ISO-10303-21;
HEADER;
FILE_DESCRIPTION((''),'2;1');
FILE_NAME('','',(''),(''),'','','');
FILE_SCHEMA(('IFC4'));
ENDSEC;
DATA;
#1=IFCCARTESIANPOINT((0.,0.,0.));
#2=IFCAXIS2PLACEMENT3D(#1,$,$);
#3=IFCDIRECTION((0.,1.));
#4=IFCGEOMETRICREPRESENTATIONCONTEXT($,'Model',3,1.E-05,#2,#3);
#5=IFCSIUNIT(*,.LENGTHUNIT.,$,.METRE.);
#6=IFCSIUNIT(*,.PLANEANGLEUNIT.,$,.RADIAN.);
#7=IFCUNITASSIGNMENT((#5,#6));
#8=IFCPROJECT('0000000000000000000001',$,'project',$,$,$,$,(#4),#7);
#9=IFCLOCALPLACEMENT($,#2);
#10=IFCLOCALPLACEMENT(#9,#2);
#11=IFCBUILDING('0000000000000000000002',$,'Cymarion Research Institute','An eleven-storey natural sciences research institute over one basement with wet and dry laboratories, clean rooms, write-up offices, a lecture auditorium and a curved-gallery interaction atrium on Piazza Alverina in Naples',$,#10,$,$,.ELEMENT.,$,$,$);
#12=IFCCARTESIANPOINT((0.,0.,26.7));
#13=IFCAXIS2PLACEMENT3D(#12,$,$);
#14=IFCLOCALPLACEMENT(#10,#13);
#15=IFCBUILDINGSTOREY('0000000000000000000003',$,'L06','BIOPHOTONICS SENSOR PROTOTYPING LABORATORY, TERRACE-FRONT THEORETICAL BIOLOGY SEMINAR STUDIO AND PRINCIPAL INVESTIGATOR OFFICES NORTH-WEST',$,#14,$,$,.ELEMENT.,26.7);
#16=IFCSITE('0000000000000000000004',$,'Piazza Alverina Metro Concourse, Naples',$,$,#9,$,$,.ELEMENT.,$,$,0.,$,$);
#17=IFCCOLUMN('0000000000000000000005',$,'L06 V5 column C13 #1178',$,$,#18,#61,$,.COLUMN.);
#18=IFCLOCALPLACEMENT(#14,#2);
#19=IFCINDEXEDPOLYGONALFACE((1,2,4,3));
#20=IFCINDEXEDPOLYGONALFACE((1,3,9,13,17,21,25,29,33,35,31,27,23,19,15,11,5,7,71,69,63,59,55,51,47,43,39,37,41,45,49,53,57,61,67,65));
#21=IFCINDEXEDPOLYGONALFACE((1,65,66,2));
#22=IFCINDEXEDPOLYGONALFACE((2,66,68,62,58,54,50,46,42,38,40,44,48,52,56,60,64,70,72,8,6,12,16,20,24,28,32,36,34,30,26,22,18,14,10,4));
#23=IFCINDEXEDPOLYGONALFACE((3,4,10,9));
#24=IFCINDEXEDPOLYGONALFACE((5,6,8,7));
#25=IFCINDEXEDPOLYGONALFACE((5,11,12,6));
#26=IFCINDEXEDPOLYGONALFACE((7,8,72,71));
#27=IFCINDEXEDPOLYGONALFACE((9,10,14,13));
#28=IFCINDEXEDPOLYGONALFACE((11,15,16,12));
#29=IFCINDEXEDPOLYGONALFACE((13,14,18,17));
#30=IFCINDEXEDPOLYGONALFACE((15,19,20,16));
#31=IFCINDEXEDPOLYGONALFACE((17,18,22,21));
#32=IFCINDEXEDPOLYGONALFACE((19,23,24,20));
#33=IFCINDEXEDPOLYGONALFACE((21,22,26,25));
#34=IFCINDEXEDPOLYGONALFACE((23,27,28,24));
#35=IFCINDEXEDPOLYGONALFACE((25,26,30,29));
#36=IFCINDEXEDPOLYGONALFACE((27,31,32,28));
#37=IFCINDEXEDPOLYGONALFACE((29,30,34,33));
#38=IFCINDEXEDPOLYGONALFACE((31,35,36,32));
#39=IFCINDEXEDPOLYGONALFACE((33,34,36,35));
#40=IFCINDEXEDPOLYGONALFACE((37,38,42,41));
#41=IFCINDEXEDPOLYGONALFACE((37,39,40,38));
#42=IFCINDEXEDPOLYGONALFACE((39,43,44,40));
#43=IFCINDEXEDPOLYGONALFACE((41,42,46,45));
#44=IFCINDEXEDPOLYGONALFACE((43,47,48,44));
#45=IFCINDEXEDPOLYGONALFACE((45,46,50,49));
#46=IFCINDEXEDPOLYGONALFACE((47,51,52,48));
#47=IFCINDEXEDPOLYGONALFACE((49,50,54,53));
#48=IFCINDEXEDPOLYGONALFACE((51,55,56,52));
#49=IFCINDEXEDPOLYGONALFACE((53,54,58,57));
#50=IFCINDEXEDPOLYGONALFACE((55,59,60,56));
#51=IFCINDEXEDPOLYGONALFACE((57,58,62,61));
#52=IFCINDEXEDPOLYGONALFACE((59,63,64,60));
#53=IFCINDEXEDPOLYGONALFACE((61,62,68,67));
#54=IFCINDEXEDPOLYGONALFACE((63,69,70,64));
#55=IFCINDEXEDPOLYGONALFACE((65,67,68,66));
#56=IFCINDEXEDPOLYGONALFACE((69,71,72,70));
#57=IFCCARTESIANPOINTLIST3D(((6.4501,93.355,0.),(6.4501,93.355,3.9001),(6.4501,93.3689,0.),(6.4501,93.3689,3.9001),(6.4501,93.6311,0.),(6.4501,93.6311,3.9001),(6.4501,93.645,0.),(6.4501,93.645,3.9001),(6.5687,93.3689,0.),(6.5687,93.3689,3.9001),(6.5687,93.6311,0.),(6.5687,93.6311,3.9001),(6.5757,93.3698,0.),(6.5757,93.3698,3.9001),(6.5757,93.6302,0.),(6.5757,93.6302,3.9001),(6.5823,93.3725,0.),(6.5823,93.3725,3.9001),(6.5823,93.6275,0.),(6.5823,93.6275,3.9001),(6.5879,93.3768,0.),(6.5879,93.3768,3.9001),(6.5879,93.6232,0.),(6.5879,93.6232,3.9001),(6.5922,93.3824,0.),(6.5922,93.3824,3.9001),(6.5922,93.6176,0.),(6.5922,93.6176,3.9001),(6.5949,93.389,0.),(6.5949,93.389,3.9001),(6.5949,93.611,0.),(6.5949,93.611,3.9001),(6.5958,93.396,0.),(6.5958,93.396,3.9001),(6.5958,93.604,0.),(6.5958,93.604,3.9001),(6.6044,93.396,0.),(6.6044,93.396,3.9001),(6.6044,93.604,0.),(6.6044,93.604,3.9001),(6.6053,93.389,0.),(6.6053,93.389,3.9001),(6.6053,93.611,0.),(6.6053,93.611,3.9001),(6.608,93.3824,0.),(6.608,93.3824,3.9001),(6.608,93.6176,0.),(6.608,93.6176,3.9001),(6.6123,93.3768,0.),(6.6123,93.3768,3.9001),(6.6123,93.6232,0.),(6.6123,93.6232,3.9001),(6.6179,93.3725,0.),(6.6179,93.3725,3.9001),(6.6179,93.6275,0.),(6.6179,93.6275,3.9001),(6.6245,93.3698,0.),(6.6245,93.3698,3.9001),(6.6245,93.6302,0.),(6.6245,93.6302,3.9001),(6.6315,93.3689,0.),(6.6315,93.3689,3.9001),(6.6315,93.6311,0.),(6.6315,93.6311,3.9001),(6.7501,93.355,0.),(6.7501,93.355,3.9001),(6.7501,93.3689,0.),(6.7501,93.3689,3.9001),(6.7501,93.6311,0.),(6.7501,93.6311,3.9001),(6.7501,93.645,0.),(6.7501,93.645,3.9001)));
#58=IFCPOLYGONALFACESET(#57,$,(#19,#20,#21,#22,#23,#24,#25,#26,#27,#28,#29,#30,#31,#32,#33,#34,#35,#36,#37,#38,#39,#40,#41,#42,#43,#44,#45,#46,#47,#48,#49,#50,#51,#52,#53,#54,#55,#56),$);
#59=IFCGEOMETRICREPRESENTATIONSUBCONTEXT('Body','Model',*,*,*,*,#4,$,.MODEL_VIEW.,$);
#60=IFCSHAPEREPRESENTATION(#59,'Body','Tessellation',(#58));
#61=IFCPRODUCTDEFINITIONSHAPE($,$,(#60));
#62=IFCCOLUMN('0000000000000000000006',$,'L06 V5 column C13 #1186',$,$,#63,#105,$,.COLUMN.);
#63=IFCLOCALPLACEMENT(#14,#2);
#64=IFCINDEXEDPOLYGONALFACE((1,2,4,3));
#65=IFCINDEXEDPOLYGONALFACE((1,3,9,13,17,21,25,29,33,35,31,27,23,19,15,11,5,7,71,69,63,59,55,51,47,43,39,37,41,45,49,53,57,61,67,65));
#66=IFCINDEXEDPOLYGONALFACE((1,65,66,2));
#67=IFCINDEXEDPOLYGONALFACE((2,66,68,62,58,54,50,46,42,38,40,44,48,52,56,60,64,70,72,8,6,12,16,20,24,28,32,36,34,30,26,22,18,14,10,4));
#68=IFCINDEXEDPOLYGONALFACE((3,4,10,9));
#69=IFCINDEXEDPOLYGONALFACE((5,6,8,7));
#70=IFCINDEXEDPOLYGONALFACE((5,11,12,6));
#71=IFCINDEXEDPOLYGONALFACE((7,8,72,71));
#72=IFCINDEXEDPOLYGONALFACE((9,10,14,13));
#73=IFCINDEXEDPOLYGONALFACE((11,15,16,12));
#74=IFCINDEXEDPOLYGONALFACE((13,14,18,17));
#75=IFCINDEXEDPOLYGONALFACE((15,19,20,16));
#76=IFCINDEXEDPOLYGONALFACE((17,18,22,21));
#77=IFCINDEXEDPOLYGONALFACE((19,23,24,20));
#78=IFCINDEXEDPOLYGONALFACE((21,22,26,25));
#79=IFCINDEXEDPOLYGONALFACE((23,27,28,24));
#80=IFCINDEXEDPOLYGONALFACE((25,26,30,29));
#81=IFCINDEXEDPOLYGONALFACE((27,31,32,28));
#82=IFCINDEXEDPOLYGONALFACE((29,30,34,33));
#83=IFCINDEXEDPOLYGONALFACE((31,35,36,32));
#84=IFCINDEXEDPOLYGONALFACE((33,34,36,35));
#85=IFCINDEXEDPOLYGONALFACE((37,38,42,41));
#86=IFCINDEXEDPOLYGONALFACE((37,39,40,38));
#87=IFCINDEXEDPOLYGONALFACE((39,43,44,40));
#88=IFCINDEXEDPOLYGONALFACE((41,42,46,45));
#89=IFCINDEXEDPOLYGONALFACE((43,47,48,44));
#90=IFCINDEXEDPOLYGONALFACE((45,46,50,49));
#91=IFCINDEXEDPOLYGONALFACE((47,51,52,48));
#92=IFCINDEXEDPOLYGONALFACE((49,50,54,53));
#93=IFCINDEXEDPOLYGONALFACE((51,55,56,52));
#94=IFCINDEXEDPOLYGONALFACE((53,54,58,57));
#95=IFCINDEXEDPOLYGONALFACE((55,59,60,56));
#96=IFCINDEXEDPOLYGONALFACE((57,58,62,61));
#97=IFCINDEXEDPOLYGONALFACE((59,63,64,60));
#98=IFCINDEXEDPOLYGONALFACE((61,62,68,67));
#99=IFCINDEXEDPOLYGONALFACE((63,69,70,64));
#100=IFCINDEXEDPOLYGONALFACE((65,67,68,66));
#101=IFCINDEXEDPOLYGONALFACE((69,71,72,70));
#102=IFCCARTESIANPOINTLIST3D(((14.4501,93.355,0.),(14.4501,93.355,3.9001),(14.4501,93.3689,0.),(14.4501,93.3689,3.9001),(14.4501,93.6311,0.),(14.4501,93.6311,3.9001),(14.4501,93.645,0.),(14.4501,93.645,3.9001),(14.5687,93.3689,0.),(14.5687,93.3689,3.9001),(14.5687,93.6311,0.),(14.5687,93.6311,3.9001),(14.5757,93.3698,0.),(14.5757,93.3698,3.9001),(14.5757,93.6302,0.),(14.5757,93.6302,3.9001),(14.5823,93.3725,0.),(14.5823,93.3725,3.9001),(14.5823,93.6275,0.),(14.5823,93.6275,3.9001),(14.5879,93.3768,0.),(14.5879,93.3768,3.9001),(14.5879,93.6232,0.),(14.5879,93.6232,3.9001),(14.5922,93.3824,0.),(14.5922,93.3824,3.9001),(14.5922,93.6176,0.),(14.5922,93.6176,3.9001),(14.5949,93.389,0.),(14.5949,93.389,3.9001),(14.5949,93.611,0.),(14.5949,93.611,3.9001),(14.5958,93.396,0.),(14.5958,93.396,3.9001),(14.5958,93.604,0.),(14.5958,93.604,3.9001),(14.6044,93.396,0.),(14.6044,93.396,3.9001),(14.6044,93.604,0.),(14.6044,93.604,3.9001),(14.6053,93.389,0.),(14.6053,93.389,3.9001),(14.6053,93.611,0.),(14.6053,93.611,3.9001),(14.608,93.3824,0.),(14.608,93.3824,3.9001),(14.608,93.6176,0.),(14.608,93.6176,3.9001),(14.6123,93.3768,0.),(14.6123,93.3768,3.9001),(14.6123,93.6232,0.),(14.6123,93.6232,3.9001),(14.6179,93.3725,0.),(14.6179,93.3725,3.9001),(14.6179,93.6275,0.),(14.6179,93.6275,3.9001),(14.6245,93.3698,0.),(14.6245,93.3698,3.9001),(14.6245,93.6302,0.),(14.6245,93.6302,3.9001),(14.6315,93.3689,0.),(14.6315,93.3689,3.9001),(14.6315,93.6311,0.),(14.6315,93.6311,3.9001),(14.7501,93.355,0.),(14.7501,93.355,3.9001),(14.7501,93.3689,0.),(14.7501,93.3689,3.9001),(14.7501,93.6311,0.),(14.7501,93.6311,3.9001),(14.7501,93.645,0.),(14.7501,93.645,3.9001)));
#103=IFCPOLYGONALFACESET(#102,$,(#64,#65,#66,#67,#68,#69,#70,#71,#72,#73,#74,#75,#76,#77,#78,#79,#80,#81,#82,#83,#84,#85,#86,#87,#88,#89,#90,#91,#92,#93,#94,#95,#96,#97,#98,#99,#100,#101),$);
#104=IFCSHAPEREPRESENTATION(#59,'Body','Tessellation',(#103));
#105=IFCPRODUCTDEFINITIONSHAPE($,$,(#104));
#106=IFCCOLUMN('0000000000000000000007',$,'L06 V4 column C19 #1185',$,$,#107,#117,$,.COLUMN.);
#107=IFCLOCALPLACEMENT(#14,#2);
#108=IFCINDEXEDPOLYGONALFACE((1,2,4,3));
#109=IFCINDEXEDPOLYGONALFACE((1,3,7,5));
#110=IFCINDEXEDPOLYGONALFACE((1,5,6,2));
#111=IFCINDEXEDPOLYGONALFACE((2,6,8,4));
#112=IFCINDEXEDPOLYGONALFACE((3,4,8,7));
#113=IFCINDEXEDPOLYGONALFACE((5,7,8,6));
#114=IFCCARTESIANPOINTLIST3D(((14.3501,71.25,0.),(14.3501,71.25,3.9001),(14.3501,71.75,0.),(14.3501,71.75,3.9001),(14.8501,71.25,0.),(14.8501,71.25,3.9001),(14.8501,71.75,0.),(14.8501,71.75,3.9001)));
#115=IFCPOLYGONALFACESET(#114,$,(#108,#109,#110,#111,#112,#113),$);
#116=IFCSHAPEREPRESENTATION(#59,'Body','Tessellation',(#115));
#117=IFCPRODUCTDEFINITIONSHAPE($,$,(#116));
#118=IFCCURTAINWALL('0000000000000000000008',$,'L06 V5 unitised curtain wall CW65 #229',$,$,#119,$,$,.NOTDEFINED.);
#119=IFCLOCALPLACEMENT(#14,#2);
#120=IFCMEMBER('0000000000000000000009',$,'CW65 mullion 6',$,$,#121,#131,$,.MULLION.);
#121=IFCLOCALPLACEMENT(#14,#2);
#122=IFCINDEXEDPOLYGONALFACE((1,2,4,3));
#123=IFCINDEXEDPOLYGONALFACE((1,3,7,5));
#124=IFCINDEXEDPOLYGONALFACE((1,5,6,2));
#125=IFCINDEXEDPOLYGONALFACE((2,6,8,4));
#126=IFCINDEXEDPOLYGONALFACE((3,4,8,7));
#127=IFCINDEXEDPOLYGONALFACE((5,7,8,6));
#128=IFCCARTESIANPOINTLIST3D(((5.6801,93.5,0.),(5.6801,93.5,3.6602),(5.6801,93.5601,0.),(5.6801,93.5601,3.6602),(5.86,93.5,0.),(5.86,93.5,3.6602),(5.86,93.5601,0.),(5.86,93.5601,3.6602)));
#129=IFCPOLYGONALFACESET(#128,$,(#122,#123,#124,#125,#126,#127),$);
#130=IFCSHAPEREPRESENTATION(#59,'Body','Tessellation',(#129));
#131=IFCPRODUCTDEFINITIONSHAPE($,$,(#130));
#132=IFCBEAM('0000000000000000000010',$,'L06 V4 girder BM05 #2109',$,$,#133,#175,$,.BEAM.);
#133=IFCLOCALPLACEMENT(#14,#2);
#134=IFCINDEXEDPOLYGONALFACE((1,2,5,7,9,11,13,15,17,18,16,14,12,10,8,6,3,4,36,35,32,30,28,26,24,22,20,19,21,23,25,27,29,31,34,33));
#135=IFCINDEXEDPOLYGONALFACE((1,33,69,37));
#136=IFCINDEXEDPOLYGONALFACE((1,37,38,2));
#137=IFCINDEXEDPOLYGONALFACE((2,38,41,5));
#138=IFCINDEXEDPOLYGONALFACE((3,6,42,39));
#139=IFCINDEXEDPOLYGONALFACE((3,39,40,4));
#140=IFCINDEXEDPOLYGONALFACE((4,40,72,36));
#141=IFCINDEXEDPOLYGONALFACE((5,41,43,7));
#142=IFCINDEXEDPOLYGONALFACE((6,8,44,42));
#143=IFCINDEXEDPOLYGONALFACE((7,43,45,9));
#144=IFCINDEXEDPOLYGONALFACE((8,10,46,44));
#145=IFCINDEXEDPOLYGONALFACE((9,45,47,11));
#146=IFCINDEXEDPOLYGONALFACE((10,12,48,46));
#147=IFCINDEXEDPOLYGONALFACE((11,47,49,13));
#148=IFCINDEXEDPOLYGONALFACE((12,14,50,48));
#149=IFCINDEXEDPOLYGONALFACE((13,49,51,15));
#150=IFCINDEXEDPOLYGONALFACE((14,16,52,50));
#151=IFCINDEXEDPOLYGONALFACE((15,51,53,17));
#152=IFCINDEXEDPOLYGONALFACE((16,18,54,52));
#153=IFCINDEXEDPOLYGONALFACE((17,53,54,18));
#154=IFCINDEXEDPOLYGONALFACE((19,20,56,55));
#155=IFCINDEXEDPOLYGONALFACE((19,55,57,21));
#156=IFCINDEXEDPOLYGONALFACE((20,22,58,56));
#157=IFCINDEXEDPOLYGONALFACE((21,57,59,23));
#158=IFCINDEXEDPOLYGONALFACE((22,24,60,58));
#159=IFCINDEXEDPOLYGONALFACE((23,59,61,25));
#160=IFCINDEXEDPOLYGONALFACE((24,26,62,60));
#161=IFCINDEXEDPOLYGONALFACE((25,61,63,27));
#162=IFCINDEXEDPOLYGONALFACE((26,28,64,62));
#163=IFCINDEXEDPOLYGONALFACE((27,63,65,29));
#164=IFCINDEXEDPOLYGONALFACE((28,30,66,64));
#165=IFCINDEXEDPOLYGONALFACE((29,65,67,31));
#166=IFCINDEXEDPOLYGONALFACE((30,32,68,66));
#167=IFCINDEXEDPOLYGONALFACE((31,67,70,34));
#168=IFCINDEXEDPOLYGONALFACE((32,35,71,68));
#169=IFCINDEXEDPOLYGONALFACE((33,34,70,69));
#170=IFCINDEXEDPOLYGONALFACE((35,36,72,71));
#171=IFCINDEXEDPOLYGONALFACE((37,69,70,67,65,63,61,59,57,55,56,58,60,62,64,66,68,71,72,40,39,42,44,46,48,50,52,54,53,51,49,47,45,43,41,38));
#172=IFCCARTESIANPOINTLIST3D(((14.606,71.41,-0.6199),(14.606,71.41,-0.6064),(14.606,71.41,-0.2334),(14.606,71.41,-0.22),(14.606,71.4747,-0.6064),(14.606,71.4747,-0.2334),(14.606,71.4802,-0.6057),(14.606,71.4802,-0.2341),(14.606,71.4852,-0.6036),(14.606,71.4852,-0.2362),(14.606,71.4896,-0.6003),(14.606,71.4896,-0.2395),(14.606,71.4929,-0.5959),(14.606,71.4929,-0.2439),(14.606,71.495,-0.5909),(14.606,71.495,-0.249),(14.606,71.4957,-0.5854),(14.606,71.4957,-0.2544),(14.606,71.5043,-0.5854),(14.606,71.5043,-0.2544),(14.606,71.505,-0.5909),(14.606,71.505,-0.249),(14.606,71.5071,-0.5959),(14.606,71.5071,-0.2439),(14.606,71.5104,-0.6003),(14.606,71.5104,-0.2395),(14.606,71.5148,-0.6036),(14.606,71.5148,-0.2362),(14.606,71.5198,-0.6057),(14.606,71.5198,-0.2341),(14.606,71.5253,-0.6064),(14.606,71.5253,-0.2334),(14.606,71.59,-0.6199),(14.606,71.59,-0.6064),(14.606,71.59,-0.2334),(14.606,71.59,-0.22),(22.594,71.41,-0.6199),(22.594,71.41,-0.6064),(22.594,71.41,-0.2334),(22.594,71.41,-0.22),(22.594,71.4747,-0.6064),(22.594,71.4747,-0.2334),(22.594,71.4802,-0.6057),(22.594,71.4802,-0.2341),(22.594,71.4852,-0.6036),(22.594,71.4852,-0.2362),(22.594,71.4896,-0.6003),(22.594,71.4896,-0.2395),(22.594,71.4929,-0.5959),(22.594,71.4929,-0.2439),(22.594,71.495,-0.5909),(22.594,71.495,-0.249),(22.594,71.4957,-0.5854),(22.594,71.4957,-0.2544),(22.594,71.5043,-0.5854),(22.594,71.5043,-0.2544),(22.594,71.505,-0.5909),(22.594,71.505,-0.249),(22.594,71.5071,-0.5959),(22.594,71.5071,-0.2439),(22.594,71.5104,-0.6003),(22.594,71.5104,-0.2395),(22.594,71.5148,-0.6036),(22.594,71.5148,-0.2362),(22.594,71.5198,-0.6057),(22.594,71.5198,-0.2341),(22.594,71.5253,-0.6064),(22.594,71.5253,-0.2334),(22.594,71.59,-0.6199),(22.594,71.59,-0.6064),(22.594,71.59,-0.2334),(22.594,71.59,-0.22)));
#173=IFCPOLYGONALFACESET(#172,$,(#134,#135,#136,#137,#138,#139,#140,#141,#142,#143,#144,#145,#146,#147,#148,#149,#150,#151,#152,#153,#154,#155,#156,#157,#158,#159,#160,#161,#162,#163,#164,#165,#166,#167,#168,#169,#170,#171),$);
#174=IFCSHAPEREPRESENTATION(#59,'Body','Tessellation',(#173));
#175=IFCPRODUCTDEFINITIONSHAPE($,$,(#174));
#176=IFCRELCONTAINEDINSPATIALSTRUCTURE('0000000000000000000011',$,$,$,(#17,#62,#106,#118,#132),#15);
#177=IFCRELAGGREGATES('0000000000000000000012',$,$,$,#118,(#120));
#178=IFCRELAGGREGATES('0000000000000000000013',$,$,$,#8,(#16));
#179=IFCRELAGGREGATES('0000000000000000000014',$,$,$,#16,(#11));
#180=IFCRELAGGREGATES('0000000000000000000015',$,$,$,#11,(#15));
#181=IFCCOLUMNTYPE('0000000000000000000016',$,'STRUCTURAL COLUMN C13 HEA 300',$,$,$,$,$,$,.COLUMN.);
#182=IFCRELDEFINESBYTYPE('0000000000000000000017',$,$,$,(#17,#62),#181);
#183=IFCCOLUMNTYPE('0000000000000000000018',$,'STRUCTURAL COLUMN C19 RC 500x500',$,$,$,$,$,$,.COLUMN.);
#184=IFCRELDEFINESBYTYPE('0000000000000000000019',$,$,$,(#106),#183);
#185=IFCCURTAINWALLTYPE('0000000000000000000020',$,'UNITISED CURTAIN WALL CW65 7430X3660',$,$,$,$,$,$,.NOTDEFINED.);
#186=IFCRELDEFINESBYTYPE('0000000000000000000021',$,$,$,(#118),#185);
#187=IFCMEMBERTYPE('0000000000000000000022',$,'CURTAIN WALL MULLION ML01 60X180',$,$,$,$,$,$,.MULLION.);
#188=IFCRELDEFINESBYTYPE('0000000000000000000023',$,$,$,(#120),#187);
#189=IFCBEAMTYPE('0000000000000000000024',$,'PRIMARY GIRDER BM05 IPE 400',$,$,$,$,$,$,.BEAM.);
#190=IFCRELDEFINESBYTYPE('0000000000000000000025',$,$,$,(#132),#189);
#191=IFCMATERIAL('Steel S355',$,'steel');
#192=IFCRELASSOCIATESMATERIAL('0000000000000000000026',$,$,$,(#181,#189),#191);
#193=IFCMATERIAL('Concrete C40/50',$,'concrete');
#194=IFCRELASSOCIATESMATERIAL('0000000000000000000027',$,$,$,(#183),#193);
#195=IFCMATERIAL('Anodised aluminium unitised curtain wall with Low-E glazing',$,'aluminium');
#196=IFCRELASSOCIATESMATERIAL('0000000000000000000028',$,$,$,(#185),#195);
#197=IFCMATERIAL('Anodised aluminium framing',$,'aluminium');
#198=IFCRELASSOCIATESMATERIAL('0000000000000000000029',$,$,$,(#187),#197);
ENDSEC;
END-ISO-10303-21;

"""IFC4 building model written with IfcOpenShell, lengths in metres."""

from ifc_helpers import new_model, si_unit, direction, frame, origin, origin_2d, place, context, subcontext, project, spatial, rectangle, i_section, extrude, material, material_profile, profile_set, type_object, element, aggregate, save


model = new_model("IFC4")

# Units and contexts
model_context = context("Model", 3, precision=1e-05, world=origin(), true_north=direction((0.0, 1.0)))
body_context = subcontext(model_context, "Body", "Model", "MODEL_VIEW")
ifc_project = project(units=[si_unit("LENGTHUNIT", "METRE"), si_unit("PLANEANGLEUNIT", "RADIAN")], contexts=[model_context])

# Site, building, storey
site_placement = place(None, origin())
site = spatial("IfcSite", under=ifc_project, at=site_placement, Name="Piazza Alverina Metro Concourse, Naples", CompositionType="ELEMENT", RefElevation=0.0)
building_placement = place(site_placement, origin())
building = spatial("IfcBuilding", under=site, at=building_placement, Name="Cymarion Research Institute", Description="An eleven-storey natural sciences research institute over one basement with wet and dry laboratories, clean rooms, write-up offices, a lecture auditorium and a curved-gallery interaction atrium on Piazza Alverina in Naples", CompositionType="ELEMENT")
storey_placement = place(building_placement, frame((0.0, 0.0, 26.7)))
storey = spatial("IfcBuildingStorey", under=building, at=storey_placement, Name="L06", Description="BIOPHOTONICS SENSOR PROTOTYPING LABORATORY, TERRACE-FRONT THEORETICAL BIOLOGY SEMINAR STUDIO AND PRINCIPAL INVESTIGATOR OFFICES NORTH-WEST", CompositionType="ELEMENT", Elevation=26.7)

# Columns
ifc_material_1 = material(Name="Steel S355", Category="steel")
ifc_material_profile_1 = material_profile(ifc_material_1, i_section(OverallWidth=0.3, OverallDepth=0.29, WebThickness=0.0085, FlangeThickness=0.0139, FilletRadius=0.0271, at=origin_2d()), Name="HEA 300")
ifc_profile_set_1 = profile_set([ifc_material_profile_1], Name="Steel S355")
column_type_1 = type_object("IfcColumnType", Name="STRUCTURAL COLUMN C13 HEA 300", PredefinedType="COLUMN", material=ifc_profile_set_1)
for number, where, z_axis, x_axis, name in (
    (1, (6.6001, 93.5, 0.0), (0.0, 0.0, 1.0), (1.0, 0.0, 0.0), "L06 V5 column C13 #1178"),
    (2, (14.6001, 93.5, 0.0), (0.0, 0.0, 1.0), (1.0, 0.0, 0.0), "L06 V5 column C13 #1186"),
):
    element("IfcColumn", number, at=place(storey_placement, frame(where, z_axis=z_axis, x_axis=x_axis)), inside=storey, type_object=column_type_1, Name=name, PredefinedType="COLUMN", context=body_context, shape_type="SweptSolid", body=[
        extrude(i_section(OverallWidth=0.3, OverallDepth=0.29, WebThickness=0.0085, FlangeThickness=0.0139, FilletRadius=0.0271, at=origin_2d()), origin(), (0.0, 0.0, 1.0), 3.9001),
    ])
ifc_material_2 = material(Name="Concrete C40/50", Category="concrete")
ifc_material_profile_2 = material_profile(ifc_material_2, rectangle(XDim=0.5, YDim=0.5, at=origin_2d()), Name="RC 500x500")
ifc_profile_set_2 = profile_set([ifc_material_profile_2], Name="Concrete C40/50")
column_type_2 = type_object("IfcColumnType", Name="STRUCTURAL COLUMN C19 RC 500x500", PredefinedType="COLUMN", material=ifc_profile_set_2)
column_placement = place(storey_placement, frame((14.6001, 71.5, 0.0), z_axis=(0.0, 0.0, 1.0), x_axis=(1.0, 0.0, 0.0)))
element("IfcColumn", 3, at=column_placement, inside=storey, type_object=column_type_2, Name="L06 V4 column C19 #1185", PredefinedType="COLUMN", context=body_context, shape_type="SweptSolid", body=[
    extrude(rectangle(XDim=0.5, YDim=0.5, at=origin_2d()), origin(), (0.0, 0.0, 1.0), 3.9001),
])

# Curtain wall, member
ifc_material_3 = material(Name="Anodised aluminium unitised curtain wall with Low-E glazing", Category="aluminium")
curtain_wall_type = type_object("IfcCurtainWallType", Name="UNITISED CURTAIN WALL CW65 7430X3660", PredefinedType="NOTDEFINED", material=ifc_material_3)
curtain_wall_placement = place(storey_placement, origin())
curtain_wall = element("IfcCurtainWall", 4, at=curtain_wall_placement, inside=storey, type_object=curtain_wall_type, Name="L06 V5 unitised curtain wall CW65 #229", PredefinedType="NOTDEFINED")
ifc_material_4 = material(Name="Anodised aluminium framing", Category="aluminium")
ifc_material_profile_3 = material_profile(ifc_material_4, rectangle(XDim=0.0601, YDim=0.1799, at=origin_2d()), Name="ALU MULLION 60x180")
ifc_profile_set_3 = profile_set([ifc_material_profile_3], Name="Anodised aluminium framing")
member_type = type_object("IfcMemberType", Name="CURTAIN WALL MULLION ML01 60X180", PredefinedType="MULLION", material=ifc_profile_set_3)
member_placement = place(storey_placement, frame((5.77, 93.53, 0.0), z_axis=(0.0, 0.0, 1.0), x_axis=(0.0, -1.0, 0.0)))
member = element("IfcMember", 5, at=member_placement, type_object=member_type, Name="CW65 mullion 6", PredefinedType="MULLION", context=body_context, shape_type="SweptSolid", body=[
    extrude(rectangle(XDim=0.0601, YDim=0.1799, at=origin_2d()), origin(), (0.0, 0.0, 1.0), 3.6602),
])
aggregate(curtain_wall, [member])

# Beam
ifc_material_profile_4 = material_profile(ifc_material_1, i_section(OverallWidth=0.1799, OverallDepth=0.3999, WebThickness=0.0085, FlangeThickness=0.0134, FilletRadius=0.021, at=origin_2d()), Name="IPE 400")
ifc_profile_set_4 = profile_set([ifc_material_profile_4], Name="Steel S355")
beam_type_1 = type_object("IfcBeamType", Name="PRIMARY GIRDER BM05 IPE 400", PredefinedType="BEAM", material=ifc_profile_set_4)
for number, where, z_axis, x_axis, name in (
    (6, (14.606, 71.5, -0.4199), (1.0, 0.0, 0.0), (0.0, 1.0, 0.0), "L06 V4 girder BM05 #2109"),
):
    element("IfcBeam", number, at=place(storey_placement, frame(where, z_axis=z_axis, x_axis=x_axis)), inside=storey, type_object=beam_type_1, Name=name, PredefinedType="BEAM", context=body_context, shape_type="SweptSolid", body=[
        extrude(i_section(OverallWidth=0.1799, OverallDepth=0.3999, WebThickness=0.0085, FlangeThickness=0.0134, FilletRadius=0.021, at=origin_2d()), origin(), (0.0, 0.0, 1.0), 7.988),
    ])

save(model, "model.ifc")
